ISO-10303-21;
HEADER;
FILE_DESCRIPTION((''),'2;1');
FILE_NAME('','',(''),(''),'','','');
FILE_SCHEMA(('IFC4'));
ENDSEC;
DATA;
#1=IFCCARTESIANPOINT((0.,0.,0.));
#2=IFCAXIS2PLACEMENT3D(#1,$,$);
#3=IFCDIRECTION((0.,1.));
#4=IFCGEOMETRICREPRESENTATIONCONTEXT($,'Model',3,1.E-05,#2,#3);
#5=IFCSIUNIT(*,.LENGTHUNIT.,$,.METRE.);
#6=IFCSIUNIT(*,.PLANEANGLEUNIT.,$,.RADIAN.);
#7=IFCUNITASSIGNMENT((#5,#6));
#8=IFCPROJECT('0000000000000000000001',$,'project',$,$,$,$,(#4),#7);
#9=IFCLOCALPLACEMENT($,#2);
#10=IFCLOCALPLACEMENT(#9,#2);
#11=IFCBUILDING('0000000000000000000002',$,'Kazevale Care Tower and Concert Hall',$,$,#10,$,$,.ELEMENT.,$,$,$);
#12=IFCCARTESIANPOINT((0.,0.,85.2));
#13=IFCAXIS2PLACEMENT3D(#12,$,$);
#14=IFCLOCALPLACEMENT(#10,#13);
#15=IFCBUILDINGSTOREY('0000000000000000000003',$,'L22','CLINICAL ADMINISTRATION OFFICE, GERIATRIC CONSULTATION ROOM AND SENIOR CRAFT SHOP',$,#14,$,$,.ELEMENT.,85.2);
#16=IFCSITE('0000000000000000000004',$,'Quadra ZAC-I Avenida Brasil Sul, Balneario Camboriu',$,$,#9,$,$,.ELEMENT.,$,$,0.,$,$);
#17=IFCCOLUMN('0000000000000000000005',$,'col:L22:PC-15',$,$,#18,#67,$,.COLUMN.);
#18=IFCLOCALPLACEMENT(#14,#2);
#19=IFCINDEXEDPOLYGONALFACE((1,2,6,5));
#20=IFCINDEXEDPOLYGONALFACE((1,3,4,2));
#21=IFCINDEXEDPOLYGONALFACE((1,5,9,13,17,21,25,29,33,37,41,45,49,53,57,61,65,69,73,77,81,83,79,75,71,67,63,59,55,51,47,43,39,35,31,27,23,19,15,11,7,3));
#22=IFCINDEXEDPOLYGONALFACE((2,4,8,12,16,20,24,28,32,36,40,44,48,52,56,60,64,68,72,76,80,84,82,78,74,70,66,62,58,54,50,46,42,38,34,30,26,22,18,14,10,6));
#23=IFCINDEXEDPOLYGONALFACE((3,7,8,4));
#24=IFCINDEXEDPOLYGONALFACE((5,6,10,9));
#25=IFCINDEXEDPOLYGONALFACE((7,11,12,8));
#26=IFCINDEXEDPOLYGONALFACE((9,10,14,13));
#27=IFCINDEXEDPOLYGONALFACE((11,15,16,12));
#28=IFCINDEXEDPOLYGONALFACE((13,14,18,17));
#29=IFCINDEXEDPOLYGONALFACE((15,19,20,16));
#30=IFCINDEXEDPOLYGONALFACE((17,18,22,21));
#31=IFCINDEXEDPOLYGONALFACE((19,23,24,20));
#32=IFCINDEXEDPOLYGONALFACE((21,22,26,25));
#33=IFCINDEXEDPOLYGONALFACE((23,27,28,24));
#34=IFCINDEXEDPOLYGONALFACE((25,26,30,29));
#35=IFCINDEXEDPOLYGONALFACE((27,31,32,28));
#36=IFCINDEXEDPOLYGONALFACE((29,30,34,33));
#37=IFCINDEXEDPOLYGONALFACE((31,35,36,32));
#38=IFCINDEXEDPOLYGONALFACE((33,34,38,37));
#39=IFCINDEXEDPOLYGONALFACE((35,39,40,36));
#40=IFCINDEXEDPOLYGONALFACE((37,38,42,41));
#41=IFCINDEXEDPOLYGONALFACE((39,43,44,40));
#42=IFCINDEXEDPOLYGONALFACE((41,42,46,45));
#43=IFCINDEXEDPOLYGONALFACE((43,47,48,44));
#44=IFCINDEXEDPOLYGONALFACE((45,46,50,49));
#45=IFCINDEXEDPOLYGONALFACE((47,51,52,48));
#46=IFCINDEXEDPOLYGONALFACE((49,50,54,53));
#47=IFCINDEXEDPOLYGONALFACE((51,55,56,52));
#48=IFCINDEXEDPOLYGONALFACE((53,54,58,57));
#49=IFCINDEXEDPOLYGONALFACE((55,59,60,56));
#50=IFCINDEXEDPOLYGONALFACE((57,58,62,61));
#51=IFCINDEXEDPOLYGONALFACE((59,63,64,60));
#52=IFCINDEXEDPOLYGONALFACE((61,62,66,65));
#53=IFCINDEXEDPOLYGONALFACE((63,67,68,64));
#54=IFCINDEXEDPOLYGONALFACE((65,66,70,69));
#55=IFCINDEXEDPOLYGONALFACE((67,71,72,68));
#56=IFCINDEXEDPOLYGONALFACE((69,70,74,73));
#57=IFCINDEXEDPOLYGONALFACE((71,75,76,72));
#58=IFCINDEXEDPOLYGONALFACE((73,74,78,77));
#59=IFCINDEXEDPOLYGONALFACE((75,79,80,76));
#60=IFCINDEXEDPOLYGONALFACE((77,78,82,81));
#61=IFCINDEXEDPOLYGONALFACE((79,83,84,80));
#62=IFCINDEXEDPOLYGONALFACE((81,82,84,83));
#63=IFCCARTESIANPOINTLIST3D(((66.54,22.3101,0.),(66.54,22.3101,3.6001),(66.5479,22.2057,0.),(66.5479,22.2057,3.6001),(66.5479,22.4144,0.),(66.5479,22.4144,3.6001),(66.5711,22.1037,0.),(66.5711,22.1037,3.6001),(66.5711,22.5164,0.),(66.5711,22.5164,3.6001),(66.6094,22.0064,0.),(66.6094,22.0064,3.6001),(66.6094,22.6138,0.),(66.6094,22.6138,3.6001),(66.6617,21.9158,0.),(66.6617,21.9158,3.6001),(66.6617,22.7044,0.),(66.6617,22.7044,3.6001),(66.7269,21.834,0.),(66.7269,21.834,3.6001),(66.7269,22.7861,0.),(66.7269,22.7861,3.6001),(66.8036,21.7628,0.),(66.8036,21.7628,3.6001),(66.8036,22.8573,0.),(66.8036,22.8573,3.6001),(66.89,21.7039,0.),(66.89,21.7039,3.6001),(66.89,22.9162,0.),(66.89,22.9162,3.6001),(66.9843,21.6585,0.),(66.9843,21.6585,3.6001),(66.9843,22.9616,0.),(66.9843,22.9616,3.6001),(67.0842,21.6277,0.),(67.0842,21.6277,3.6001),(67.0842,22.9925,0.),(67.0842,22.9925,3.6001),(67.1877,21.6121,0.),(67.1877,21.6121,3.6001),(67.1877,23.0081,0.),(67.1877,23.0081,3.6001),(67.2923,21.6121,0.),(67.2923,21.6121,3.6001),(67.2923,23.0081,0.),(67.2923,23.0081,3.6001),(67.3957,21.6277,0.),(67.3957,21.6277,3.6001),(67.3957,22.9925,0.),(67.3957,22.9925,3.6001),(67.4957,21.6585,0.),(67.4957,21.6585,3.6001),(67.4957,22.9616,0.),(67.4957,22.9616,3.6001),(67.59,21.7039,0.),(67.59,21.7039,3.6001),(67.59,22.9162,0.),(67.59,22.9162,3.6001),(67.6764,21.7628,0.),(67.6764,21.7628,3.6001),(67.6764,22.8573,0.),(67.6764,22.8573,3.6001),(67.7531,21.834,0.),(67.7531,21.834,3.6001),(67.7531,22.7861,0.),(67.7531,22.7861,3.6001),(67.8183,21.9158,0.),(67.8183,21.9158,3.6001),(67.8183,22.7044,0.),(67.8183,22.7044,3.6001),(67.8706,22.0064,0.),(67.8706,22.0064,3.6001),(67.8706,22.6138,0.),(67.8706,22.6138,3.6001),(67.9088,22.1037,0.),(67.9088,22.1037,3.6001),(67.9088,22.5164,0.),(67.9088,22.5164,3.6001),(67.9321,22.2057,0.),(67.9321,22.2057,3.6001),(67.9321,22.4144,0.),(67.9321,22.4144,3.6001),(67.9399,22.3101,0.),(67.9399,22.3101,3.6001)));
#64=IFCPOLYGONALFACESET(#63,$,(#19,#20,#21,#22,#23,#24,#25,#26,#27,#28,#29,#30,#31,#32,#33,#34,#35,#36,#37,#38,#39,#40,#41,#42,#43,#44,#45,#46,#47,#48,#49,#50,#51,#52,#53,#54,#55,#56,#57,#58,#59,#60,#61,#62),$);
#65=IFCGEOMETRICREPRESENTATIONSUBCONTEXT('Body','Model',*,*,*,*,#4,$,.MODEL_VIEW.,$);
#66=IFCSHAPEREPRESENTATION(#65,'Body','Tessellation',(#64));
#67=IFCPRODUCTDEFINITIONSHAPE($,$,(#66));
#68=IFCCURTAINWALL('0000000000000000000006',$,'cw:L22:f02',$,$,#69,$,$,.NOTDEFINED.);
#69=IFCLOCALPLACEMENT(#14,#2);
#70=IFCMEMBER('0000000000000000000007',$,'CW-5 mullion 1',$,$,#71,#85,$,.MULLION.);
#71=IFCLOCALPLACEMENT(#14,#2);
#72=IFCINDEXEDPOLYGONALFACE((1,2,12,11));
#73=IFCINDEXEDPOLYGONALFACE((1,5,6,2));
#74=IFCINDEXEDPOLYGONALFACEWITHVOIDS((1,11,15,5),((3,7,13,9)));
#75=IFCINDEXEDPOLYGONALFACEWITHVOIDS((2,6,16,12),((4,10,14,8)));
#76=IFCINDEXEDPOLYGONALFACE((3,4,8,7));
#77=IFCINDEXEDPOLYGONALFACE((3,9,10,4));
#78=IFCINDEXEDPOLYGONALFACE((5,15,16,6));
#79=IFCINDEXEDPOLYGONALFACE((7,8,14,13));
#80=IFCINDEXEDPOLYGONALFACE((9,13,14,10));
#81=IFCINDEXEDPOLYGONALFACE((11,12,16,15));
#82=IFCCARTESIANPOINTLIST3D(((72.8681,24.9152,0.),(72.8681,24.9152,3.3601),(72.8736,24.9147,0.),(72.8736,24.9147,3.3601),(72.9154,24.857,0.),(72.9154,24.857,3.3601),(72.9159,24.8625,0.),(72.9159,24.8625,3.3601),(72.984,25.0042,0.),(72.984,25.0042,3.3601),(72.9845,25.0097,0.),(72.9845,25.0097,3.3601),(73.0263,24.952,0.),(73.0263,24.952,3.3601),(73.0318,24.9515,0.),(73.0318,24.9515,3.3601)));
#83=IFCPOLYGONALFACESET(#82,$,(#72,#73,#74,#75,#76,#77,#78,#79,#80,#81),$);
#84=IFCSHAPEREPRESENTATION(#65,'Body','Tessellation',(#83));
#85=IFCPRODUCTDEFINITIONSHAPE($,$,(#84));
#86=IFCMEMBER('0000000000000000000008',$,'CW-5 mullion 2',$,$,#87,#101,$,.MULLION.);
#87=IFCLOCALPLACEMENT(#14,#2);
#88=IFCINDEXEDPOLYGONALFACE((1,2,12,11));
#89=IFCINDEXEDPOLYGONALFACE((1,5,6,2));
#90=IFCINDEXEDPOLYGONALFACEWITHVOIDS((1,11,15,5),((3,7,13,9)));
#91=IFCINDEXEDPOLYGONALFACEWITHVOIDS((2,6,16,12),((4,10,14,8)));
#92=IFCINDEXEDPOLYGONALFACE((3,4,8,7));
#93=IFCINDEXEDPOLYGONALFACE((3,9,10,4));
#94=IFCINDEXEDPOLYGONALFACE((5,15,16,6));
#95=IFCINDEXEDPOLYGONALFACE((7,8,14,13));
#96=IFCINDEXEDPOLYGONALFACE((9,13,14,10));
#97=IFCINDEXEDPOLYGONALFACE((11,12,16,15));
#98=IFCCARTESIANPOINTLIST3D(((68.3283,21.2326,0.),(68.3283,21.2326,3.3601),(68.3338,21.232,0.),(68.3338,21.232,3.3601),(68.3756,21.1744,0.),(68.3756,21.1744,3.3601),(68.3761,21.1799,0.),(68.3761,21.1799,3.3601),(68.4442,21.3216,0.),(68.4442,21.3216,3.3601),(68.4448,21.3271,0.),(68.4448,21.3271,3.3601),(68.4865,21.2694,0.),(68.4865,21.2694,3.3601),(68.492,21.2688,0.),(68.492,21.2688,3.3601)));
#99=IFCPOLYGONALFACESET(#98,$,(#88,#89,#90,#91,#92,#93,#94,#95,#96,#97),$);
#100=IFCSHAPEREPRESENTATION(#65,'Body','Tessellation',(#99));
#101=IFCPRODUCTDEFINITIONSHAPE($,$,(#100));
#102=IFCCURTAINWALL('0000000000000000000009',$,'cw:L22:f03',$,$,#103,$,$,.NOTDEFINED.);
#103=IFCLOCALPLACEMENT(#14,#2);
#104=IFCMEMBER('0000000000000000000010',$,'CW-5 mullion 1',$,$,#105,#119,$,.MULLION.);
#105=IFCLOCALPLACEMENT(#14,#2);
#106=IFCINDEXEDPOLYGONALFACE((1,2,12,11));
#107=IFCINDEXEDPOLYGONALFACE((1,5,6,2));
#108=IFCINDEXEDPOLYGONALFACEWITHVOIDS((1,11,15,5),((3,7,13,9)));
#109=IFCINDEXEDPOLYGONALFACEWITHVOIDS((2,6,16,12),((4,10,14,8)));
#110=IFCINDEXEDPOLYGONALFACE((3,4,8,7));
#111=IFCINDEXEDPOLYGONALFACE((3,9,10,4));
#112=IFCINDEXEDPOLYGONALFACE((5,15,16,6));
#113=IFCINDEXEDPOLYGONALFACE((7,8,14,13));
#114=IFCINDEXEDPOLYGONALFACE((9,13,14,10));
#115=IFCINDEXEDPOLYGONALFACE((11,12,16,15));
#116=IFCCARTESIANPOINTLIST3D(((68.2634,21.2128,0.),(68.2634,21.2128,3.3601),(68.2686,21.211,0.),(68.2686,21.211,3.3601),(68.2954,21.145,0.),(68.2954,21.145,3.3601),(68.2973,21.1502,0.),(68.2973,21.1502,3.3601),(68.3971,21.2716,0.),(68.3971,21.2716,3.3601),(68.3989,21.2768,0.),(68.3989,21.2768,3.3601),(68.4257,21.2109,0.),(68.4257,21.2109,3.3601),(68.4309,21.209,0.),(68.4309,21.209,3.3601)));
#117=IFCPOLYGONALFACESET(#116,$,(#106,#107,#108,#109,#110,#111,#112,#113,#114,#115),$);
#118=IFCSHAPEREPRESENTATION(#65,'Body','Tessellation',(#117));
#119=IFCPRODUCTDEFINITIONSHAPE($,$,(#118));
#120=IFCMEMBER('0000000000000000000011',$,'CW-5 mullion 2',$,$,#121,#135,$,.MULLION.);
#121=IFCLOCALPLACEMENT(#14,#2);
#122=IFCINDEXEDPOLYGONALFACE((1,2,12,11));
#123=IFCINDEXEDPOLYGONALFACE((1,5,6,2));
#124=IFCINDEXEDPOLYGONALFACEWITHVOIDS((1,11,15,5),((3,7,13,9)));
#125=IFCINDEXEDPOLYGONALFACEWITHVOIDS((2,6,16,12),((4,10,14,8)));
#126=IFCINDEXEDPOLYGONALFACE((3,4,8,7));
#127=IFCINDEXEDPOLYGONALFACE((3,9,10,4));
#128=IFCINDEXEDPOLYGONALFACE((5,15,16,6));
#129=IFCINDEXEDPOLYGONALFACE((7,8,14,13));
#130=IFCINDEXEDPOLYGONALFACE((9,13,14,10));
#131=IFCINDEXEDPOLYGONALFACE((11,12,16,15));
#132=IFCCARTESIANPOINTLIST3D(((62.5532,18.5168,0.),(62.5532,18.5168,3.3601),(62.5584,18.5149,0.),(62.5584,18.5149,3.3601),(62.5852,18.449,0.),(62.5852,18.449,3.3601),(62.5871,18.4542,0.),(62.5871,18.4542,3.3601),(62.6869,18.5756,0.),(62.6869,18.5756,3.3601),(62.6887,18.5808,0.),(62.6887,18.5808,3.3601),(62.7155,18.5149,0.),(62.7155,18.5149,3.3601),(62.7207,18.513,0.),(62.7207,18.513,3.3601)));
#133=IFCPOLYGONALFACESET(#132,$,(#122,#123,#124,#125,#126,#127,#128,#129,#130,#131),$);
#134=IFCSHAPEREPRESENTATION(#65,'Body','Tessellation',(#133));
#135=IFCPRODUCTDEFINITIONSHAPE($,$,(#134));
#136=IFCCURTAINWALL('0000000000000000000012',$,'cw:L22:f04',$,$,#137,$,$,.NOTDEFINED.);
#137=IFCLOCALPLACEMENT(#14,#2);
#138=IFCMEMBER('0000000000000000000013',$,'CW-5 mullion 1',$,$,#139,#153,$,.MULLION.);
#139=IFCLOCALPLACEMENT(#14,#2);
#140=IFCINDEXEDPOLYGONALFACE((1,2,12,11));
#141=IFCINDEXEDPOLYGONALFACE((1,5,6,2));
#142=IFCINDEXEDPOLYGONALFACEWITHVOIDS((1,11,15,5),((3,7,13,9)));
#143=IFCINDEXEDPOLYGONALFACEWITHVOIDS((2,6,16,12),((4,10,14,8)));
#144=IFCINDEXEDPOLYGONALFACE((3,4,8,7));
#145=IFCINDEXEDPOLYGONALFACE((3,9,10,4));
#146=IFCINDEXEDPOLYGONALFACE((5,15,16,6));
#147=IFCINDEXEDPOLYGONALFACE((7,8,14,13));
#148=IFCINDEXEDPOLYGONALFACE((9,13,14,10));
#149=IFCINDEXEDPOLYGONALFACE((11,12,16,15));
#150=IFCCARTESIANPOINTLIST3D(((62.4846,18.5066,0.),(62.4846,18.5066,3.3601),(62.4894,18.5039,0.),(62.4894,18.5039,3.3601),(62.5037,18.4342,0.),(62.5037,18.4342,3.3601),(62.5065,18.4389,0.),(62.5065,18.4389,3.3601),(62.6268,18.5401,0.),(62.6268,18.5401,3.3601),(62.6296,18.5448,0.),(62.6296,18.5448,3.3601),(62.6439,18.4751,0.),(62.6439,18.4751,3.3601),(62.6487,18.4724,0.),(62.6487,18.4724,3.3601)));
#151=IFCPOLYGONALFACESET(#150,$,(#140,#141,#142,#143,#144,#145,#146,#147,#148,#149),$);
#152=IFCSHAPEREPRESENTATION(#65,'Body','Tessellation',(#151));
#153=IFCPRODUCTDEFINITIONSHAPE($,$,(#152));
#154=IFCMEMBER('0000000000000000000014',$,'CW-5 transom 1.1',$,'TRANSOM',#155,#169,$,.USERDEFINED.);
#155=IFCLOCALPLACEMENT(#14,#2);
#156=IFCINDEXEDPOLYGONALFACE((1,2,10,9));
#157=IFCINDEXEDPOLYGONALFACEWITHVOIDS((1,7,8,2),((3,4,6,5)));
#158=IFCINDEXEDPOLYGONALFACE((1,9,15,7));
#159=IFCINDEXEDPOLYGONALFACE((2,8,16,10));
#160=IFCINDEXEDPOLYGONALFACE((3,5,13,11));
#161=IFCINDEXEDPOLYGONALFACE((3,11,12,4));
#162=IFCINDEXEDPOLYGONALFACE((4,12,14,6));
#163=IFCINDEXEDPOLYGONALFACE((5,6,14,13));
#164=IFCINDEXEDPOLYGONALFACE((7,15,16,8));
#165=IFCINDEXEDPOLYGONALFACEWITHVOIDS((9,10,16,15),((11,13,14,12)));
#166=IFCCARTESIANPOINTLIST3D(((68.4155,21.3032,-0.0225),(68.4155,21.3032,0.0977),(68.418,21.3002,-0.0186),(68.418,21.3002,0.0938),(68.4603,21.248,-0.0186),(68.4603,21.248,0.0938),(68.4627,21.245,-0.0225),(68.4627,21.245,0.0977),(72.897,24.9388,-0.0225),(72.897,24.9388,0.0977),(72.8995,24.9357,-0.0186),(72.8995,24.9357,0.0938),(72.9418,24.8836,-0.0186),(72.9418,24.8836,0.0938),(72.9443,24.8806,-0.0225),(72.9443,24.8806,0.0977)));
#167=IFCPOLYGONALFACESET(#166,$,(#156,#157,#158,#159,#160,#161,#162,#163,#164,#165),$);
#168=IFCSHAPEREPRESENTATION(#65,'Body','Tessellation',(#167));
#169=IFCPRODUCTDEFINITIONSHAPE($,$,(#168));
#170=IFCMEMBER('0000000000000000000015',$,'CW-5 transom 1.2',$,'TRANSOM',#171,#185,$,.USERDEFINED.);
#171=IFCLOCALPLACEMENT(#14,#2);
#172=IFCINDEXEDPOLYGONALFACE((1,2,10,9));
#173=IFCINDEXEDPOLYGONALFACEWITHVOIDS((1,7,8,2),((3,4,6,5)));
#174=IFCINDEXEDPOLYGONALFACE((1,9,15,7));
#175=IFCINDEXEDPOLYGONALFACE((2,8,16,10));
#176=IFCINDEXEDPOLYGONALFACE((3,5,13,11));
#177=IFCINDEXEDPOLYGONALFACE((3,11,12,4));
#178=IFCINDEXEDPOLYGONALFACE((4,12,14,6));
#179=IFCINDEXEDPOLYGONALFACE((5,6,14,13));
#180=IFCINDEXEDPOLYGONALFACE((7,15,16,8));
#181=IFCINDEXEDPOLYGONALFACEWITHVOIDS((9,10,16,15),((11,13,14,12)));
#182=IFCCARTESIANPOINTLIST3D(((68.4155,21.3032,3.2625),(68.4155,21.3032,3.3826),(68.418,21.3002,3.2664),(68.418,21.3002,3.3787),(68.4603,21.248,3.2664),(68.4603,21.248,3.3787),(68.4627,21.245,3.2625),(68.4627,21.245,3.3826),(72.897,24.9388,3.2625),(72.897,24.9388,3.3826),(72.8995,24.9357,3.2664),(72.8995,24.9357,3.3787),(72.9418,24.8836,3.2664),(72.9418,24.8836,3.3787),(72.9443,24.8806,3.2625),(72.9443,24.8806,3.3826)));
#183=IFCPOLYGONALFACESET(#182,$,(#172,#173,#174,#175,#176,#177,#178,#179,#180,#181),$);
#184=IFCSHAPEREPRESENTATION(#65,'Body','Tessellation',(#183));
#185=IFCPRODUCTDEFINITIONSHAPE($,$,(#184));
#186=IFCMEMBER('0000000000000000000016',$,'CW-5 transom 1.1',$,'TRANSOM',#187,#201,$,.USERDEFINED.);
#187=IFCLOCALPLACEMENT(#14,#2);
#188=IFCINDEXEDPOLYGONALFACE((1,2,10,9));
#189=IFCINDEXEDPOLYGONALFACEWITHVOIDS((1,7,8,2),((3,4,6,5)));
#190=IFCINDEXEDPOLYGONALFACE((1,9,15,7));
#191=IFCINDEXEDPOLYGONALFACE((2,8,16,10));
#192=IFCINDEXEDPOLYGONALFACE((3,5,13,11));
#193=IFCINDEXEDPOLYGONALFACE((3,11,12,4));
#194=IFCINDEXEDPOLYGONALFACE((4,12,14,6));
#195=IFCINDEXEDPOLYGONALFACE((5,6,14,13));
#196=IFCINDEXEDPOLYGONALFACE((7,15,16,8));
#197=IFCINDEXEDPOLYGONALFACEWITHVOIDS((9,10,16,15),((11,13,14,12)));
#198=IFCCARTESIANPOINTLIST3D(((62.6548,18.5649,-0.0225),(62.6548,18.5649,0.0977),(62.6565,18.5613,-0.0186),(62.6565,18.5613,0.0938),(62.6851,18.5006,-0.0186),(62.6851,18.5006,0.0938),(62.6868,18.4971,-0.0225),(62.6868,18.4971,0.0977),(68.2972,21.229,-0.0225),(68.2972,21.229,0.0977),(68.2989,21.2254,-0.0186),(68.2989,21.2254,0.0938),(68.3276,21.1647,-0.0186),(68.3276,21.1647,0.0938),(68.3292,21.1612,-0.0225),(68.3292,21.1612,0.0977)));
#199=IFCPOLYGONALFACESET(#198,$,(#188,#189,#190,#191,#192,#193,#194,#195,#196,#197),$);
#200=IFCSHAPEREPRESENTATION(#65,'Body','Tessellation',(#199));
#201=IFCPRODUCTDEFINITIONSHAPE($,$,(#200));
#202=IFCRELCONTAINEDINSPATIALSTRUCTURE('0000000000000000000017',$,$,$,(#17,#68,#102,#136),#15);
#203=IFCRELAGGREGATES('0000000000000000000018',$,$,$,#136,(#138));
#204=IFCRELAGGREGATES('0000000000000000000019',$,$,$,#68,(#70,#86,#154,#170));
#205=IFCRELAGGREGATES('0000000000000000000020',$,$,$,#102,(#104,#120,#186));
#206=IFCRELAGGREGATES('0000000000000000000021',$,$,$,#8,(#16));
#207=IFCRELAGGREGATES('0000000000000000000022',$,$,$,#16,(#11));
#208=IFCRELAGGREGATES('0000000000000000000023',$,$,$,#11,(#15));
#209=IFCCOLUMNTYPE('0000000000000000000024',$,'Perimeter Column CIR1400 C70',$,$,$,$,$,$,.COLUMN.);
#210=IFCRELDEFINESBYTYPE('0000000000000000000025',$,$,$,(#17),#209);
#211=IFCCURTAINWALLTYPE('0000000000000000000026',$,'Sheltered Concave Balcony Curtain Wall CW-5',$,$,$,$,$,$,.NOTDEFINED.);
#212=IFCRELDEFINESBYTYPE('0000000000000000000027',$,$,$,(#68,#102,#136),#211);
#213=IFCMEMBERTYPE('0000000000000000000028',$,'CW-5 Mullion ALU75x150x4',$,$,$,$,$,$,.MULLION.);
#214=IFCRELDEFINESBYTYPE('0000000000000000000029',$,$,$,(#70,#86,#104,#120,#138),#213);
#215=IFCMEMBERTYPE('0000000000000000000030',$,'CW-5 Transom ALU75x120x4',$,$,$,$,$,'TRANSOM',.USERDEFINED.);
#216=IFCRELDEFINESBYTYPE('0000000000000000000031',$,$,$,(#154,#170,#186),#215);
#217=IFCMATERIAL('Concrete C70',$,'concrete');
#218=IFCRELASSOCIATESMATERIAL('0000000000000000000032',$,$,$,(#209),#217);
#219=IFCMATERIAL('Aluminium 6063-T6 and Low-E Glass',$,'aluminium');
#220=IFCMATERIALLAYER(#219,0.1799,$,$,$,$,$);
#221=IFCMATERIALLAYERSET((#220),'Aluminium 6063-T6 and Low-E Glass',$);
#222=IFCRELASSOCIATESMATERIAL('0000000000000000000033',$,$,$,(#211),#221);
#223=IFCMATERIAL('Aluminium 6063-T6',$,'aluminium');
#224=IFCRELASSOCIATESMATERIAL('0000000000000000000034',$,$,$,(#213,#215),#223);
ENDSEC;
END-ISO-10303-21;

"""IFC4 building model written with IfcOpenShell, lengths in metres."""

from ifc_helpers import new_model, si_unit, direction, frame, origin, origin_2d, place, context, subcontext, project, spatial, hollow_rectangle, circle, extrude, material, layer, layer_set, material_profile, profile_set, type_object, element, aggregate, save


model = new_model("IFC4")

# Units and contexts
model_context = context("Model", 3, precision=1e-05, world=origin(), true_north=direction((0.0, 1.0)))
body_context = subcontext(model_context, "Body", "Model", "MODEL_VIEW")
ifc_project = project(units=[si_unit("LENGTHUNIT", "METRE"), si_unit("PLANEANGLEUNIT", "RADIAN")], contexts=[model_context])

# Site, building, storey
site_placement = place(None, origin())
site = spatial("IfcSite", under=ifc_project, at=site_placement, Name="Quadra ZAC-I Avenida Brasil Sul, Balneario Camboriu", CompositionType="ELEMENT", RefElevation=0.0)
building_placement = place(site_placement, origin())
building = spatial("IfcBuilding", under=site, at=building_placement, Name="Kazevale Care Tower and Concert Hall", CompositionType="ELEMENT")
storey_placement = place(building_placement, frame((0.0, 0.0, 85.2)))
storey = spatial("IfcBuildingStorey", under=building, at=storey_placement, Name="L22", Description="CLINICAL ADMINISTRATION OFFICE, GERIATRIC CONSULTATION ROOM AND SENIOR CRAFT SHOP", CompositionType="ELEMENT", Elevation=85.2)

# Column
ifc_material_1 = material(Name="Concrete C70", Category="concrete")
ifc_material_profile_1 = material_profile(ifc_material_1, circle(Radius=0.7, at=origin_2d()), Name="RC-CIR1400")
ifc_profile_set_1 = profile_set([ifc_material_profile_1], Name="Concrete C70")
column_type = type_object("IfcColumnType", Name="Perimeter Column CIR1400 C70", PredefinedType="COLUMN", material=ifc_profile_set_1)
column_placement = place(storey_placement, frame((67.24, 22.3101, 0.0), z_axis=(0.0, 0.0, 1.0), x_axis=(1.0, 0.0, 0.0)))
element("IfcColumn", 1, at=column_placement, inside=storey, type_object=column_type, Name="col:L22:PC-15", PredefinedType="COLUMN", context=body_context, shape_type="SweptSolid", body=[
    extrude(circle(Radius=0.7, at=origin_2d()), origin(), (0.0, 0.0, 1.0), 3.6001),
])

# Curtain walls, members
ifc_material_2 = material(Name="Aluminium 6063-T6 and Low-E Glass", Category="aluminium")
ifc_layer_1 = layer(ifc_material_2, 0.1799)
ifc_layer_set_1 = layer_set([ifc_layer_1], Name="Aluminium 6063-T6 and Low-E Glass")
curtain_wall_type = type_object("IfcCurtainWallType", Name="Sheltered Concave Balcony Curtain Wall CW-5", PredefinedType="NOTDEFINED", material=ifc_layer_set_1)
curtain_wall_1_placement = place(storey_placement, origin())
curtain_wall_1 = element("IfcCurtainWall", 2, at=curtain_wall_1_placement, inside=storey, type_object=curtain_wall_type, Name="cw:L22:f02", PredefinedType="NOTDEFINED")
ifc_material_3 = material(Name="Aluminium 6063-T6", Category="aluminium")
ifc_material_profile_2 = material_profile(ifc_material_3, hollow_rectangle(XDim=0.075, YDim=0.1499, WallThickness=0.0039, at=origin_2d()), Name="ALU75x150x4")
ifc_profile_set_2 = profile_set([ifc_material_profile_2], Name="Aluminium 6063-T6")
member_type_1 = type_object("IfcMemberType", Name="CW-5 Mullion ALU75x150x4", PredefinedType="MULLION", material=ifc_profile_set_2)
member_1_placement = place(storey_placement, frame((72.95, 24.9333, 0.0), z_axis=(0.0, 0.0, 1.0), x_axis=(0.629995, -0.776599, 0.0)))
member_1 = element("IfcMember", 3, at=member_1_placement, type_object=member_type_1, Name="CW-5 mullion 1", PredefinedType="MULLION", context=body_context, shape_type="SweptSolid", body=[
    extrude(hollow_rectangle(XDim=0.075, YDim=0.1499, WallThickness=0.0039, at=origin_2d()), origin(), (0.0, 0.0, 1.0), 3.3601),
])
member_2_placement = place(storey_placement, frame((68.4102, 21.2507, 0.0), z_axis=(0.0, 0.0, 1.0), x_axis=(0.629995, -0.776599, 0.0)))
member_2 = element("IfcMember", 4, at=member_2_placement, type_object=member_type_1, Name="CW-5 mullion 2", PredefinedType="MULLION", context=body_context, shape_type="SweptSolid", body=[
    extrude(hollow_rectangle(XDim=0.075, YDim=0.1499, WallThickness=0.0039, at=origin_2d()), origin(), (0.0, 0.0, 1.0), 3.3601),
])
curtain_wall_2_placement = place(storey_placement, origin())
curtain_wall_2 = element("IfcCurtainWall", 5, at=curtain_wall_2_placement, inside=storey, type_object=curtain_wall_type, Name="cw:L22:f03", PredefinedType="NOTDEFINED")
member_3_placement = place(storey_placement, frame((68.3472, 21.2109, 0.0), z_axis=(0.0, 0.0, 1.0), x_axis=(0.426942, -0.904279, 0.0)))
member_3 = element("IfcMember", 6, at=member_3_placement, type_object=member_type_1, Name="CW-5 mullion 1", PredefinedType="MULLION", context=body_context, shape_type="SweptSolid", body=[
    extrude(hollow_rectangle(XDim=0.075, YDim=0.1499, WallThickness=0.0039, at=origin_2d()), origin(), (0.0, 0.0, 1.0), 3.3601),
])
member_4_placement = place(storey_placement, frame((62.637, 18.5149, 0.0), z_axis=(0.0, 0.0, 1.0), x_axis=(0.426942, -0.904279, 0.0)))
member_4 = element("IfcMember", 7, at=member_4_placement, type_object=member_type_1, Name="CW-5 mullion 2", PredefinedType="MULLION", context=body_context, shape_type="SweptSolid", body=[
    extrude(hollow_rectangle(XDim=0.075, YDim=0.1499, WallThickness=0.0039, at=origin_2d()), origin(), (0.0, 0.0, 1.0), 3.3601),
])

# Curtain wall, member
curtain_wall_3_placement = place(storey_placement, origin())
curtain_wall_3 = element("IfcCurtainWall", 8, at=curtain_wall_3_placement, inside=storey, type_object=curtain_wall_type, Name="cw:L22:f04", PredefinedType="NOTDEFINED")
member_5_placement = place(storey_placement, frame((62.5667, 18.4895, 0.0), z_axis=(0.0, 0.0, 1.0), x_axis=(0.254829, -0.966986, 0.0)))
member_5 = element("IfcMember", 9, at=member_5_placement, type_object=member_type_1, Name="CW-5 mullion 1", PredefinedType="MULLION", context=body_context, shape_type="SweptSolid", body=[
    extrude(hollow_rectangle(XDim=0.075, YDim=0.1499, WallThickness=0.0039, at=origin_2d()), origin(), (0.0, 0.0, 1.0), 3.3601),
])

# Members
ifc_material_profile_3 = material_profile(ifc_material_3, hollow_rectangle(XDim=0.075, YDim=0.1201, WallThickness=0.0039, at=origin_2d()), Name="ALU75x120x4")
ifc_profile_set_3 = profile_set([ifc_material_profile_3], Name="Aluminium 6063-T6")
member_type_2 = type_object("IfcMemberType", Name="CW-5 Transom ALU75x120x4", ElementType="TRANSOM", PredefinedType="USERDEFINED", material=ifc_profile_set_3)
member_6_placement = place(storey_placement, frame((72.9207, 24.9097, 0.0376), z_axis=(-0.776595, -0.63, 0.0), x_axis=(0.63, -0.776595, 0.0)))
member_6 = element("IfcMember", 10, at=member_6_placement, type_object=member_type_2, Name="CW-5 transom 1.1", ObjectType="TRANSOM", PredefinedType="USERDEFINED", context=body_context, shape_type="SweptSolid", body=[
    extrude(hollow_rectangle(XDim=0.075, YDim=0.1201, WallThickness=0.0039, at=origin_2d()), origin(), (0.0, 0.0, 1.0), 5.7708),
])
member_7_placement = place(storey_placement, frame((72.9207, 24.9097, 3.3225), z_axis=(-0.776595, -0.63, 0.0), x_axis=(0.63, -0.776595, 0.0)))
member_7 = element("IfcMember", 11, at=member_7_placement, type_object=member_type_2, Name="CW-5 transom 1.2", ObjectType="TRANSOM", PredefinedType="USERDEFINED", context=body_context, shape_type="SweptSolid", body=[
    extrude(hollow_rectangle(XDim=0.075, YDim=0.1201, WallThickness=0.0039, at=origin_2d()), origin(), (0.0, 0.0, 1.0), 5.7708),
])
member_8_placement = place(storey_placement, frame((68.3132, 21.1951, 0.0376), z_axis=(-0.904272, -0.426957, 0.0), x_axis=(0.426957, -0.904272, 0.0)))
member_8 = element("IfcMember", 12, at=member_8_placement, type_object=member_type_2, Name="CW-5 transom 1.1", ObjectType="TRANSOM", PredefinedType="USERDEFINED", context=body_context, shape_type="SweptSolid", body=[
    extrude(hollow_rectangle(XDim=0.075, YDim=0.1201, WallThickness=0.0039, at=origin_2d()), origin(), (0.0, 0.0, 1.0), 6.2397),
])
aggregate(curtain_wall_3, [member_5])

aggregate(curtain_wall_1, [member_1, member_2, member_6, member_7])
aggregate(curtain_wall_2, [member_3, member_4, member_8])

save(model, "model.ifc")
